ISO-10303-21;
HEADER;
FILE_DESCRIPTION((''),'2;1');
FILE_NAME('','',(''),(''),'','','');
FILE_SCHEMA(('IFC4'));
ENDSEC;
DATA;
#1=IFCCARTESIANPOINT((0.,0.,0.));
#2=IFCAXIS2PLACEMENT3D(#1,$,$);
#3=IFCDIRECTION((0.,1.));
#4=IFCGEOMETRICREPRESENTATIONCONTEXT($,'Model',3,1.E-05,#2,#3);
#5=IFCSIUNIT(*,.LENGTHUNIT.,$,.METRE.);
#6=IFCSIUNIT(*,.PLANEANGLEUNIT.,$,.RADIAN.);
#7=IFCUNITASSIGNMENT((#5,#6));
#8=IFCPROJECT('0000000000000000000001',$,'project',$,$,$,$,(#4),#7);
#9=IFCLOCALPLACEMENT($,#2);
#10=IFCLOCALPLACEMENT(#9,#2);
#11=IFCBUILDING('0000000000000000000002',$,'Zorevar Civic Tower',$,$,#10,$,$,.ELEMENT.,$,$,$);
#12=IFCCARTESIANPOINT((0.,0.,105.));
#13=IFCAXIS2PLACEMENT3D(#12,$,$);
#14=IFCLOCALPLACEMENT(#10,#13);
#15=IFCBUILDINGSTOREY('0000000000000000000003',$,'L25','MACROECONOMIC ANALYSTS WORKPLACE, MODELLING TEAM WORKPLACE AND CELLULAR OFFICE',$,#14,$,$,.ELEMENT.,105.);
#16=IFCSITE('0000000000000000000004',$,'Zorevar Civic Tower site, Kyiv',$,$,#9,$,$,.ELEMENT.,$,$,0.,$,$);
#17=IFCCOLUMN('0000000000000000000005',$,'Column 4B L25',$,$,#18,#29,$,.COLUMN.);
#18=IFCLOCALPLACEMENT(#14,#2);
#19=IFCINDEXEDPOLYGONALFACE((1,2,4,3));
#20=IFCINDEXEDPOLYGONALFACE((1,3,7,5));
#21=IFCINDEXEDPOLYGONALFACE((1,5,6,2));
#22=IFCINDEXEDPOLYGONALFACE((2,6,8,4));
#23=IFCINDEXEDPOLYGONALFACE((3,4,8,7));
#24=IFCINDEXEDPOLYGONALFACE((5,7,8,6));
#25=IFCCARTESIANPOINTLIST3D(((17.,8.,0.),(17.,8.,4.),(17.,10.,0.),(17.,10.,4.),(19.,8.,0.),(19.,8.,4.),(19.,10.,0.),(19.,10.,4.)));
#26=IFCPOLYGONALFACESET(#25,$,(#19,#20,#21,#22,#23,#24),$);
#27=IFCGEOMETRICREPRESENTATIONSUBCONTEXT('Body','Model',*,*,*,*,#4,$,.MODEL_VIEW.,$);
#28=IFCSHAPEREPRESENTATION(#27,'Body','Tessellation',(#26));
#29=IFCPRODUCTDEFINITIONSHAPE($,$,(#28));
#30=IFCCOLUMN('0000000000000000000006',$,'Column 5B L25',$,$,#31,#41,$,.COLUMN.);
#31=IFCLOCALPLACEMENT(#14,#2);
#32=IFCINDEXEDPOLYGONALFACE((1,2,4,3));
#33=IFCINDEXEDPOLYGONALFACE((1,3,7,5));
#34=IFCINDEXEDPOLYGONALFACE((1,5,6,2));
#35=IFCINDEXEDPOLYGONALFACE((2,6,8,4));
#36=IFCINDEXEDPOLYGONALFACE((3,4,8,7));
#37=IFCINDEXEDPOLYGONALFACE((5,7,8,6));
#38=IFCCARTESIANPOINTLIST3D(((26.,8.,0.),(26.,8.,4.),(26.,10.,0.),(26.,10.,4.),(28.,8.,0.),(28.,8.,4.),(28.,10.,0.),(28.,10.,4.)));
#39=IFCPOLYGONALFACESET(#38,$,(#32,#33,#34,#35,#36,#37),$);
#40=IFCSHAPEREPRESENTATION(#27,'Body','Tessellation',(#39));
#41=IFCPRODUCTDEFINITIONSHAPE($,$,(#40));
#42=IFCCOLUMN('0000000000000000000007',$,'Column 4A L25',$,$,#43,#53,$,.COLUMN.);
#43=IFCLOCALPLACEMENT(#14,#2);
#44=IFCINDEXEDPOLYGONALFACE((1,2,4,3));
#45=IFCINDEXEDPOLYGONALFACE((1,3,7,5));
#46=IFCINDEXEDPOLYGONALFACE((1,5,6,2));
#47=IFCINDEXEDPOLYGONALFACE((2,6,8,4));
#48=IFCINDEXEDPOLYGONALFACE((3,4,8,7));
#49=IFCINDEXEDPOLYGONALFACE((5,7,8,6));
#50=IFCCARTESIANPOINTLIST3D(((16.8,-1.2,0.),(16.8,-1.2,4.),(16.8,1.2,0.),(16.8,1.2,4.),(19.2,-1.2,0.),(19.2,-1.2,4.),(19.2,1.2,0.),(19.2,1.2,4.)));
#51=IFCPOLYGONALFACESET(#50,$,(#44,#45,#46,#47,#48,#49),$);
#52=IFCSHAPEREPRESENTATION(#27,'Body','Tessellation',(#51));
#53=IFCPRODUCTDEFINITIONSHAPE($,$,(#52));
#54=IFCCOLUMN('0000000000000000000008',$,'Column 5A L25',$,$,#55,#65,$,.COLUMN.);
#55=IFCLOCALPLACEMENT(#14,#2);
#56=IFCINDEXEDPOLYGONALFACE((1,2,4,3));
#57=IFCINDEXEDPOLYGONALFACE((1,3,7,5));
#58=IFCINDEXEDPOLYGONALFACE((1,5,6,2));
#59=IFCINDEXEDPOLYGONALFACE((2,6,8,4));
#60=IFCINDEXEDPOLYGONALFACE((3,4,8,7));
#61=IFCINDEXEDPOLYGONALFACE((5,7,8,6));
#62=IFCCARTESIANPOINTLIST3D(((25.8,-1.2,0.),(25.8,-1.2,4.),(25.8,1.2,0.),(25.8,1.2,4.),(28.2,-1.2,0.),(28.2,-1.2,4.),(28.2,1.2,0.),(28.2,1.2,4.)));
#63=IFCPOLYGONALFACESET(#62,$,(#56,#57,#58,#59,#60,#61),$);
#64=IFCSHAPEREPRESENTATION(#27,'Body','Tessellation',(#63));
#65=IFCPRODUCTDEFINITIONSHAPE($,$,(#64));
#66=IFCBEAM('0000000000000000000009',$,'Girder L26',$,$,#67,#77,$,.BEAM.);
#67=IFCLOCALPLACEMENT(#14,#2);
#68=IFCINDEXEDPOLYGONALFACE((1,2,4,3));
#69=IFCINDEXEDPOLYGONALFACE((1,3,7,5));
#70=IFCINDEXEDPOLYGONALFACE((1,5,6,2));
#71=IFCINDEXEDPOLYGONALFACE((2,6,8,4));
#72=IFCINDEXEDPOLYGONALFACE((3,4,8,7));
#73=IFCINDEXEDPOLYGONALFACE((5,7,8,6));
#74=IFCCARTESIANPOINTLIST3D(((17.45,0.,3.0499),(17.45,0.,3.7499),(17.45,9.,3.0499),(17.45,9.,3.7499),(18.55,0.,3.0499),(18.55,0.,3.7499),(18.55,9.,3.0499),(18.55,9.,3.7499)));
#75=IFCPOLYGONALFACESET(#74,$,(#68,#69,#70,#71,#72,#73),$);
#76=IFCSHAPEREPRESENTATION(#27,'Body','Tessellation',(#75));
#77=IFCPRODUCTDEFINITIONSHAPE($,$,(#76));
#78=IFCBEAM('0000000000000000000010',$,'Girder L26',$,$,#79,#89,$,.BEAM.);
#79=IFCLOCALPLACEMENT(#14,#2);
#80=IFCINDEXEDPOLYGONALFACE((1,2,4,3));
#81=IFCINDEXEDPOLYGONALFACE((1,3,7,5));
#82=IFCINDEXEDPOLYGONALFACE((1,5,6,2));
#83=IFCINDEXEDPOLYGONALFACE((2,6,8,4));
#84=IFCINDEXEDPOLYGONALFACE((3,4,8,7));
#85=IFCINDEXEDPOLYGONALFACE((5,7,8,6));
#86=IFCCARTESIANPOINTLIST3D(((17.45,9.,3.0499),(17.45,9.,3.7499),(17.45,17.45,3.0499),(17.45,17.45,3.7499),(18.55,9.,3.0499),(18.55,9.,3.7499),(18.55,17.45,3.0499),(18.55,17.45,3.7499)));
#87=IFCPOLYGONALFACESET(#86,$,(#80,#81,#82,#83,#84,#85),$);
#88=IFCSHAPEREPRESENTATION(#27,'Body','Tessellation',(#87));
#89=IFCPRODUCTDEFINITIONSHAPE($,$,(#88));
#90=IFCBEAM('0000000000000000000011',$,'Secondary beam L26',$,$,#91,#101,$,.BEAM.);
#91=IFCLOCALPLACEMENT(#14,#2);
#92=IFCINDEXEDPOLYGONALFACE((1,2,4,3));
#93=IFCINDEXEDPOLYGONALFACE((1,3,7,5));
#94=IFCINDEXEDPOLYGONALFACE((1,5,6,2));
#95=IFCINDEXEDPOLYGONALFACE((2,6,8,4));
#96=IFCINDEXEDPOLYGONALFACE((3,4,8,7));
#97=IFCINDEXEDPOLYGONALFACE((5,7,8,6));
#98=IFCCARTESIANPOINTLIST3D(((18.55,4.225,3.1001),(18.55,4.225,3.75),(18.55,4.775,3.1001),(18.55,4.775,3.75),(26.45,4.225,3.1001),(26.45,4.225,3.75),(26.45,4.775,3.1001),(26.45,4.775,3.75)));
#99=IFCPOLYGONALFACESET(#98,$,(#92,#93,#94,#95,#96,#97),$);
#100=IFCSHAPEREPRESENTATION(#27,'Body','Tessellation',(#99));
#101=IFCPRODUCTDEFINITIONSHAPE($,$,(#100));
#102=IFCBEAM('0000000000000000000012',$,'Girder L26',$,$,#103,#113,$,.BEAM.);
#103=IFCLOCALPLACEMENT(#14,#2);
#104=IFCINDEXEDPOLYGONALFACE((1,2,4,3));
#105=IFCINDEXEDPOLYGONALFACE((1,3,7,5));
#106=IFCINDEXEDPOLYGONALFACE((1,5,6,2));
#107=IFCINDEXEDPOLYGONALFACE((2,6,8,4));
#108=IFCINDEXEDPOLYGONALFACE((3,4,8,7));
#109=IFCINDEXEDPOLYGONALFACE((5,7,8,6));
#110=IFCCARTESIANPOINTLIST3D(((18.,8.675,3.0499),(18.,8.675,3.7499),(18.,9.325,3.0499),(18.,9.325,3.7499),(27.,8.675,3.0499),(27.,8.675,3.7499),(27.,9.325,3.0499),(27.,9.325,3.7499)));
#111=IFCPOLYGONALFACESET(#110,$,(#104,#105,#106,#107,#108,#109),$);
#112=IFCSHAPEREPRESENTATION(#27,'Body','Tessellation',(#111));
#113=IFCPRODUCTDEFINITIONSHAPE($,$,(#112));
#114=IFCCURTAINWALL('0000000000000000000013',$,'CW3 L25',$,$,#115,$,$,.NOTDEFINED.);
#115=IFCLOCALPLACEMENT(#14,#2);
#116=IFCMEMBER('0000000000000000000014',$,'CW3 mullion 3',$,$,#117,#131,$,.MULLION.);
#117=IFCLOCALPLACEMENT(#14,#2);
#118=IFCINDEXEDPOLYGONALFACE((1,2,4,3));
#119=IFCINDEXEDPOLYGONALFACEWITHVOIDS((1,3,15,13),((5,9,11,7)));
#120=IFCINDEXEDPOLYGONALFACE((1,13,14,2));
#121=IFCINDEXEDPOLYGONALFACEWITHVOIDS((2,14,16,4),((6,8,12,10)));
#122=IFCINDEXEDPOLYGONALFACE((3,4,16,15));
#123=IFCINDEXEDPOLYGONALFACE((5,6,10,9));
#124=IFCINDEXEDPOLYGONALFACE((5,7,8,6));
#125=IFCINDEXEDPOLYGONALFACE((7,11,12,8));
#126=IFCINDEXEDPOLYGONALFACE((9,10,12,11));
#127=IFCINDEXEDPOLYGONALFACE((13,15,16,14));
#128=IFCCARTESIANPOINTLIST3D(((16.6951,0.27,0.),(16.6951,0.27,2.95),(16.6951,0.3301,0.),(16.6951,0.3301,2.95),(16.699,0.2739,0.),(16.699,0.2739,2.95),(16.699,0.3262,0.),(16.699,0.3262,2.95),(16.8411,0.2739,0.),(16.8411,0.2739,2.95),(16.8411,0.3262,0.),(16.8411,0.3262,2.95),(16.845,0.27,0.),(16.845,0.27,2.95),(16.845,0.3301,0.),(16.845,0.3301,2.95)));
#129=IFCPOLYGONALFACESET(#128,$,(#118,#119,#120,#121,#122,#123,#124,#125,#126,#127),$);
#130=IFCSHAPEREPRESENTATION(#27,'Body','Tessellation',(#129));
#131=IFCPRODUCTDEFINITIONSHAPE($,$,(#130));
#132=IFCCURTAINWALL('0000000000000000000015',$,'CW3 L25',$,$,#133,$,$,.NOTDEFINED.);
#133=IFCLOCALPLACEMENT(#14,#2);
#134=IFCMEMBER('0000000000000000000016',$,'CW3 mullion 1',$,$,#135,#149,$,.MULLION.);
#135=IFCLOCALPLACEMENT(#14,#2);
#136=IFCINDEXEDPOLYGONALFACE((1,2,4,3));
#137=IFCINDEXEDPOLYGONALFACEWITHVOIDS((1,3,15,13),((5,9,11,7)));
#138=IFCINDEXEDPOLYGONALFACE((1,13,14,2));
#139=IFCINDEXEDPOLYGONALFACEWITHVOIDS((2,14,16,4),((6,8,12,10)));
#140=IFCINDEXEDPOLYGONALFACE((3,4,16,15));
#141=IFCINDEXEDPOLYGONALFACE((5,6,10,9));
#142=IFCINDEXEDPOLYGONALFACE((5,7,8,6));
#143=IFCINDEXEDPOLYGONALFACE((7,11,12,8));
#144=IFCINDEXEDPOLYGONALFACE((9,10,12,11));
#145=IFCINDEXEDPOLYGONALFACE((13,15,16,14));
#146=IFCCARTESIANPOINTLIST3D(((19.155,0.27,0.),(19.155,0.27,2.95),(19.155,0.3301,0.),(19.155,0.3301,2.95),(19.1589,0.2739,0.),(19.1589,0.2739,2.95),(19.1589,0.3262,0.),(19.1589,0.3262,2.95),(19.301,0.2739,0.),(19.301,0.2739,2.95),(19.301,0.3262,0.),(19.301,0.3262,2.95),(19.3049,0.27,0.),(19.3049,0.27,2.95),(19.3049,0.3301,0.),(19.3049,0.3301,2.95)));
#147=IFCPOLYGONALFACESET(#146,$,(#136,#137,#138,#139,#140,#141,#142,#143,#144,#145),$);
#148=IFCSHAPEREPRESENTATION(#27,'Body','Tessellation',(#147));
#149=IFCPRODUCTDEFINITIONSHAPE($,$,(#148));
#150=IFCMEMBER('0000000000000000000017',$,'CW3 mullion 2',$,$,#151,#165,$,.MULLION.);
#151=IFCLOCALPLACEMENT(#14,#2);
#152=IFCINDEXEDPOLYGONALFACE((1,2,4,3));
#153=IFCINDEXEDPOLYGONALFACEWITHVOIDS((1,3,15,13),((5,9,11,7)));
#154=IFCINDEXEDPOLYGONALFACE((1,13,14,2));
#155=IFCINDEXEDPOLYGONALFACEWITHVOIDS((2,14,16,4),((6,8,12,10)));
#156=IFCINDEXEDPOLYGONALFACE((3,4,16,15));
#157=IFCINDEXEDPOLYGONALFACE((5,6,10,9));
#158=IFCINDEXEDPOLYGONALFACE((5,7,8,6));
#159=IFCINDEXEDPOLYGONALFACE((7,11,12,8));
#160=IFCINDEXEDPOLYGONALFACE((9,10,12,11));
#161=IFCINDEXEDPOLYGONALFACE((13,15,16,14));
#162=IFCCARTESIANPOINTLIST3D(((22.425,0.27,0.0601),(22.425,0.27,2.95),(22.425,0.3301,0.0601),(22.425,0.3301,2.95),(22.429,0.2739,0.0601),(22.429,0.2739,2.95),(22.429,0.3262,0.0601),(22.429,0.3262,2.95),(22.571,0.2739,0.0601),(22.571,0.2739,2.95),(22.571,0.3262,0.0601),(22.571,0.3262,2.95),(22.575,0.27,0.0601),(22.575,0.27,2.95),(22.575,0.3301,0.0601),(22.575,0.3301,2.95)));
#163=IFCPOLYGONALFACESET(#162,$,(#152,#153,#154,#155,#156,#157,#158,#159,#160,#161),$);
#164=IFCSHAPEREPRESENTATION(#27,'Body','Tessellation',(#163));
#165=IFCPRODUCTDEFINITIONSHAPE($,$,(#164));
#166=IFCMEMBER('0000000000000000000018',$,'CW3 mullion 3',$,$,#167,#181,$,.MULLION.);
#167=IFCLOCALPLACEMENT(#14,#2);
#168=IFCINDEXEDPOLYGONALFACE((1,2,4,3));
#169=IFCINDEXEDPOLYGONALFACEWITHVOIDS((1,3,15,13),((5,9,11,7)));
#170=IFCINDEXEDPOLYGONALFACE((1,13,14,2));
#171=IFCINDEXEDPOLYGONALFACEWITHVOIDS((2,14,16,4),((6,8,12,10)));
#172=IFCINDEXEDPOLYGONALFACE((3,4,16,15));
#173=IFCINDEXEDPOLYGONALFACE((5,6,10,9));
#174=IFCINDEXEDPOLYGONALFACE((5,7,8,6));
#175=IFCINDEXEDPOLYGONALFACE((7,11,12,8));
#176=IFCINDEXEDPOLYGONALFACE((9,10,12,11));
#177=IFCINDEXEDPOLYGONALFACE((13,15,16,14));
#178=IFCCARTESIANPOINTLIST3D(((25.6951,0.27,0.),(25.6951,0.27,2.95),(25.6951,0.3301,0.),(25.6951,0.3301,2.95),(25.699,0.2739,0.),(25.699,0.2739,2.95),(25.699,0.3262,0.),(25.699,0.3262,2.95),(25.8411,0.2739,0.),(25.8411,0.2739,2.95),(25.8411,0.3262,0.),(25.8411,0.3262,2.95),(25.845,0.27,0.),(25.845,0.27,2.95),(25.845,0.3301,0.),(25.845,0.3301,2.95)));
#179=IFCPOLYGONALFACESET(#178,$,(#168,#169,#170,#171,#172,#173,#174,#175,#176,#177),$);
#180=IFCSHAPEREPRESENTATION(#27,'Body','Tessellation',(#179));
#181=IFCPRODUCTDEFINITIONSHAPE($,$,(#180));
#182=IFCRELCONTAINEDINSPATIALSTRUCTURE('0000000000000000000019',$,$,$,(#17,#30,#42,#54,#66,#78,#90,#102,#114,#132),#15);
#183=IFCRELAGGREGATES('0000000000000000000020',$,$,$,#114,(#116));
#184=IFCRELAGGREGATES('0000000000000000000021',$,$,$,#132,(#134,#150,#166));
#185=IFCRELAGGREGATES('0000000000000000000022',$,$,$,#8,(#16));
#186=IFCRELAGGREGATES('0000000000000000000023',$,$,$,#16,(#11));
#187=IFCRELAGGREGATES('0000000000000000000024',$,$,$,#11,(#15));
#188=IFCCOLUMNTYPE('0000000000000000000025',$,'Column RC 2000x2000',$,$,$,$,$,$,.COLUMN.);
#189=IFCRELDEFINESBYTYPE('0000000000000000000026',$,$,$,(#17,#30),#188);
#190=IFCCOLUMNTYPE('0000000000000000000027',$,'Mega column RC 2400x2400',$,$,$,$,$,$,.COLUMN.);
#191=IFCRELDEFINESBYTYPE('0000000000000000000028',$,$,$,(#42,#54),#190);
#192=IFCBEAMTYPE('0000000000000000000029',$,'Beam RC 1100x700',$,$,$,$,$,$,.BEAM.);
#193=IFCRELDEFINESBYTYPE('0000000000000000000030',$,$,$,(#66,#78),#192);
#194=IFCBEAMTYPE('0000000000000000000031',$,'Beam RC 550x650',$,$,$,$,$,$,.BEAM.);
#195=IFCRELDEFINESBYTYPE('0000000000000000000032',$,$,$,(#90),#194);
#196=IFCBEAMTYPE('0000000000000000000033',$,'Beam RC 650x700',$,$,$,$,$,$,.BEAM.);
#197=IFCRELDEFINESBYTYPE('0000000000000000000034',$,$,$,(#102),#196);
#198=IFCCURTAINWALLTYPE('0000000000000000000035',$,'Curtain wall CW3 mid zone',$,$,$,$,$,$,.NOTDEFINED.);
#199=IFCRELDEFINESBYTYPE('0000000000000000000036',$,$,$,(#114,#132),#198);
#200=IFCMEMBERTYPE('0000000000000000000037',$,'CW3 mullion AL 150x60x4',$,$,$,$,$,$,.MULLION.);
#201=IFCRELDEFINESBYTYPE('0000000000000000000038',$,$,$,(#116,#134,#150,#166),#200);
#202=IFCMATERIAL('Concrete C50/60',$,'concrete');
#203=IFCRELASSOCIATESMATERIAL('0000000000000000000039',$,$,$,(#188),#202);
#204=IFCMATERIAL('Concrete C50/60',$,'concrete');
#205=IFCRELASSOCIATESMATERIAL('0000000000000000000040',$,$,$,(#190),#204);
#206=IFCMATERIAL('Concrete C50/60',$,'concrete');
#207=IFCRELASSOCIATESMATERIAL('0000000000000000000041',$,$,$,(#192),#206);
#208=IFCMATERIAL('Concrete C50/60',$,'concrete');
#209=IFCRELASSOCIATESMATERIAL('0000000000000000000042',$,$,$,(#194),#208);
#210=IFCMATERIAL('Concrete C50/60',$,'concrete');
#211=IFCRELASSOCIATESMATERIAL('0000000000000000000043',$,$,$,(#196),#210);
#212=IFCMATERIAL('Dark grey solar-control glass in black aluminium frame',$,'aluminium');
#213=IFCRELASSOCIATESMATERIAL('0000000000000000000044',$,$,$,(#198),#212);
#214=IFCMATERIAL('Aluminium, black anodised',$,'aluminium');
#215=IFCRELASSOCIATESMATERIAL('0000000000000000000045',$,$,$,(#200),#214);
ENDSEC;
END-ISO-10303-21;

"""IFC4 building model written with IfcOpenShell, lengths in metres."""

from ifc_helpers import new_model, si_unit, direction, frame, origin, origin_2d, place, context, subcontext, project, spatial, rectangle, hollow_rectangle, extrude, material, material_profile, profile_set, type_object, element, aggregate, save


model = new_model("IFC4")

# Units and contexts
model_context = context("Model", 3, precision=1e-05, world=origin(), true_north=direction((0.0, 1.0)))
body_context = subcontext(model_context, "Body", "Model", "MODEL_VIEW")
ifc_project = project(units=[si_unit("LENGTHUNIT", "METRE"), si_unit("PLANEANGLEUNIT", "RADIAN")], contexts=[model_context])

# Site, building, storey
site_placement = place(None, origin())
site = spatial("IfcSite", under=ifc_project, at=site_placement, Name="Zorevar Civic Tower site, Kyiv", CompositionType="ELEMENT", RefElevation=0.0)
building_placement = place(site_placement, origin())
building = spatial("IfcBuilding", under=site, at=building_placement, Name="Zorevar Civic Tower", CompositionType="ELEMENT")
storey_placement = place(building_placement, frame((0.0, 0.0, 105.0)))
storey = spatial("IfcBuildingStorey", under=building, at=storey_placement, Name="L25", Description="MACROECONOMIC ANALYSTS WORKPLACE, MODELLING TEAM WORKPLACE AND CELLULAR OFFICE", CompositionType="ELEMENT", Elevation=105.0)

# Columns
ifc_material_1 = material(Name="Concrete C50/60", Category="concrete")
ifc_material_profile_1 = material_profile(ifc_material_1, rectangle(XDim=2.0, YDim=2.0, at=origin_2d()), Name="RC 2000x2000")
ifc_profile_set_1 = profile_set([ifc_material_profile_1], Name="Concrete C50/60")
column_type_1 = type_object("IfcColumnType", Name="Column RC 2000x2000", PredefinedType="COLUMN", material=ifc_profile_set_1)
for number, where, z_axis, x_axis, name in (
    (1, (18.0, 9.0, 0.0), (0.0, 0.0, 1.0), (1.0, 0.0, 0.0), "Column 4B L25"),
    (2, (27.0, 9.0, 0.0), (0.0, 0.0, 1.0), (1.0, 0.0, 0.0), "Column 5B L25"),
):
    element("IfcColumn", number, at=place(storey_placement, frame(where, z_axis=z_axis, x_axis=x_axis)), inside=storey, type_object=column_type_1, Name=name, PredefinedType="COLUMN", context=body_context, shape_type="SweptSolid", body=[
        extrude(rectangle(XDim=2.0, YDim=2.0, at=origin_2d()), origin(), (0.0, 0.0, 1.0), 4.0),
    ])
ifc_material_2 = material(Name="Concrete C50/60", Category="concrete")
ifc_material_profile_2 = material_profile(ifc_material_2, rectangle(XDim=2.3999, YDim=2.3999, at=origin_2d()), Name="RC 2400x2400")
ifc_profile_set_2 = profile_set([ifc_material_profile_2], Name="Concrete C50/60")
column_type_2 = type_object("IfcColumnType", Name="Mega column RC 2400x2400", PredefinedType="COLUMN", material=ifc_profile_set_2)
for number, where, z_axis, x_axis, name in (
    (3, (18.0, 0.0, 0.0), (0.0, 0.0, 1.0), (1.0, 0.0, 0.0), "Column 4A L25"),
    (4, (27.0, 0.0, 0.0), (0.0, 0.0, 1.0), (1.0, 0.0, 0.0), "Column 5A L25"),
):
    element("IfcColumn", number, at=place(storey_placement, frame(where, z_axis=z_axis, x_axis=x_axis)), inside=storey, type_object=column_type_2, Name=name, PredefinedType="COLUMN", context=body_context, shape_type="SweptSolid", body=[
        extrude(rectangle(XDim=2.3999, YDim=2.3999, at=origin_2d()), origin(), (0.0, 0.0, 1.0), 4.0),
    ])

# Beams
ifc_material_3 = material(Name="Concrete C50/60", Category="concrete")
ifc_material_profile_3 = material_profile(ifc_material_3, rectangle(XDim=1.1001, YDim=0.7, at=origin_2d()), Name="RC 1100x700")
ifc_profile_set_3 = profile_set([ifc_material_profile_3], Name="Concrete C50/60")
beam_type_1 = type_object("IfcBeamType", Name="Beam RC 1100x700", PredefinedType="BEAM", material=ifc_profile_set_3)
beam_1_placement = place(storey_placement, frame((18.0, 0.0, 3.3999), z_axis=(0.0, 1.0, 0.0), x_axis=(-1.0, 0.0, 0.0)))
element("IfcBeam", 5, at=beam_1_placement, inside=storey, type_object=beam_type_1, Name="Girder L26", PredefinedType="BEAM", context=body_context, shape_type="SweptSolid", body=[
    extrude(rectangle(XDim=1.1001, YDim=0.7, at=origin_2d()), origin(), (0.0, 0.0, 1.0), 9.0),
])
beam_2_placement = place(storey_placement, frame((18.0, 9.0, 3.3999), z_axis=(0.0, 1.0, 0.0), x_axis=(-1.0, 0.0, 0.0)))
element("IfcBeam", 6, at=beam_2_placement, inside=storey, type_object=beam_type_1, Name="Girder L26", PredefinedType="BEAM", context=body_context, shape_type="SweptSolid", body=[
    extrude(rectangle(XDim=1.1001, YDim=0.7, at=origin_2d()), origin(), (0.0, 0.0, 1.0), 8.45),
])
ifc_material_4 = material(Name="Concrete C50/60", Category="concrete")
ifc_material_profile_4 = material_profile(ifc_material_4, rectangle(XDim=0.55, YDim=0.6499, at=origin_2d()), Name="RC 550x650")
ifc_profile_set_4 = profile_set([ifc_material_profile_4], Name="Concrete C50/60")
beam_type_2 = type_object("IfcBeamType", Name="Beam RC 550x650", PredefinedType="BEAM", material=ifc_profile_set_4)
beam_3_placement = place(storey_placement, frame((18.55, 4.5, 3.425), z_axis=(1.0, 0.0, 0.0), x_axis=(0.0, 1.0, 0.0)))
element("IfcBeam", 7, at=beam_3_placement, inside=storey, type_object=beam_type_2, Name="Secondary beam L26", PredefinedType="BEAM", context=body_context, shape_type="SweptSolid", body=[
    extrude(rectangle(XDim=0.55, YDim=0.6499, at=origin_2d()), origin(), (0.0, 0.0, 1.0), 7.8999),
])
ifc_material_5 = material(Name="Concrete C50/60", Category="concrete")
ifc_material_profile_5 = material_profile(ifc_material_5, rectangle(XDim=0.6499, YDim=0.7, at=origin_2d()), Name="RC 650x700")
ifc_profile_set_5 = profile_set([ifc_material_profile_5], Name="Concrete C50/60")
beam_type_3 = type_object("IfcBeamType", Name="Beam RC 650x700", PredefinedType="BEAM", material=ifc_profile_set_5)
beam_4_placement = place(storey_placement, frame((18.0, 9.0, 3.3999), z_axis=(1.0, 0.0, 0.0), x_axis=(0.0, 1.0, 0.0)))
element("IfcBeam", 8, at=beam_4_placement, inside=storey, type_object=beam_type_3, Name="Girder L26", PredefinedType="BEAM", context=body_context, shape_type="SweptSolid", body=[
    extrude(rectangle(XDim=0.6499, YDim=0.7, at=origin_2d()), origin(), (0.0, 0.0, 1.0), 9.0),
])

# Curtain wall, member
ifc_material_6 = material(Name="Dark grey solar-control glass in black aluminium frame", Category="aluminium")
curtain_wall_type = type_object("IfcCurtainWallType", Name="Curtain wall CW3 mid zone", PredefinedType="NOTDEFINED", material=ifc_material_6)
curtain_wall_1_placement = place(storey_placement, origin())
curtain_wall_1 = element("IfcCurtainWall", 9, at=curtain_wall_1_placement, inside=storey, type_object=curtain_wall_type, Name="CW3 L25", PredefinedType="NOTDEFINED")
ifc_material_7 = material(Name="Aluminium, black anodised", Category="aluminium")
ifc_material_profile_6 = material_profile(ifc_material_7, hollow_rectangle(XDim=0.0601, YDim=0.1499, WallThickness=0.0039, at=origin_2d()), Name="AL 150x60x4")
ifc_profile_set_6 = profile_set([ifc_material_profile_6], Name="Aluminium, black anodised")
member_type_1 = type_object("IfcMemberType", Name="CW3 mullion AL 150x60x4", PredefinedType="MULLION", material=ifc_profile_set_6)
member_1_placement = place(storey_placement, frame((16.77, 0.3, 0.0), z_axis=(0.0, 0.0, 1.0), x_axis=(0.0, 1.0, 0.0)))
member_1 = element("IfcMember", 10, at=member_1_placement, type_object=member_type_1, Name="CW3 mullion 3", PredefinedType="MULLION", context=body_context, shape_type="SweptSolid", body=[
    extrude(hollow_rectangle(XDim=0.0601, YDim=0.1499, WallThickness=0.0039, at=origin_2d()), origin(), (0.0, 0.0, 1.0), 2.95),
])

# Curtain wall, members
curtain_wall_2_placement = place(storey_placement, origin())
curtain_wall_2 = element("IfcCurtainWall", 11, at=curtain_wall_2_placement, inside=storey, type_object=curtain_wall_type, Name="CW3 L25", PredefinedType="NOTDEFINED")
member_2_placement = place(storey_placement, frame((19.23, 0.3, 0.0), z_axis=(0.0, 0.0, 1.0), x_axis=(0.0, 1.0, 0.0)))
member_2 = element("IfcMember", 12, at=member_2_placement, type_object=member_type_1, Name="CW3 mullion 1", PredefinedType="MULLION", context=body_context, shape_type="SweptSolid", body=[
    extrude(hollow_rectangle(XDim=0.0601, YDim=0.1499, WallThickness=0.0039, at=origin_2d()), origin(), (0.0, 0.0, 1.0), 2.95),
])
member_3_placement = place(storey_placement, frame((22.5, 0.3, 0.0601), z_axis=(0.0, 0.0, 1.0), x_axis=(0.0, 1.0, 0.0)))
member_3 = element("IfcMember", 13, at=member_3_placement, type_object=member_type_1, Name="CW3 mullion 2", PredefinedType="MULLION", context=body_context, shape_type="SweptSolid", body=[
    extrude(hollow_rectangle(XDim=0.0601, YDim=0.1499, WallThickness=0.0039, at=origin_2d()), origin(), (0.0, 0.0, 1.0), 2.8899),
])
member_4_placement = place(storey_placement, frame((25.77, 0.3, 0.0), z_axis=(0.0, 0.0, 1.0), x_axis=(0.0, 1.0, 0.0)))
member_4 = element("IfcMember", 14, at=member_4_placement, type_object=member_type_1, Name="CW3 mullion 3", PredefinedType="MULLION", context=body_context, shape_type="SweptSolid", body=[
    extrude(hollow_rectangle(XDim=0.0601, YDim=0.1499, WallThickness=0.0039, at=origin_2d()), origin(), (0.0, 0.0, 1.0), 2.95),
])

aggregate(curtain_wall_1, [member_1])
aggregate(curtain_wall_2, [member_2, member_3, member_4])

save(model, "model.ifc")
